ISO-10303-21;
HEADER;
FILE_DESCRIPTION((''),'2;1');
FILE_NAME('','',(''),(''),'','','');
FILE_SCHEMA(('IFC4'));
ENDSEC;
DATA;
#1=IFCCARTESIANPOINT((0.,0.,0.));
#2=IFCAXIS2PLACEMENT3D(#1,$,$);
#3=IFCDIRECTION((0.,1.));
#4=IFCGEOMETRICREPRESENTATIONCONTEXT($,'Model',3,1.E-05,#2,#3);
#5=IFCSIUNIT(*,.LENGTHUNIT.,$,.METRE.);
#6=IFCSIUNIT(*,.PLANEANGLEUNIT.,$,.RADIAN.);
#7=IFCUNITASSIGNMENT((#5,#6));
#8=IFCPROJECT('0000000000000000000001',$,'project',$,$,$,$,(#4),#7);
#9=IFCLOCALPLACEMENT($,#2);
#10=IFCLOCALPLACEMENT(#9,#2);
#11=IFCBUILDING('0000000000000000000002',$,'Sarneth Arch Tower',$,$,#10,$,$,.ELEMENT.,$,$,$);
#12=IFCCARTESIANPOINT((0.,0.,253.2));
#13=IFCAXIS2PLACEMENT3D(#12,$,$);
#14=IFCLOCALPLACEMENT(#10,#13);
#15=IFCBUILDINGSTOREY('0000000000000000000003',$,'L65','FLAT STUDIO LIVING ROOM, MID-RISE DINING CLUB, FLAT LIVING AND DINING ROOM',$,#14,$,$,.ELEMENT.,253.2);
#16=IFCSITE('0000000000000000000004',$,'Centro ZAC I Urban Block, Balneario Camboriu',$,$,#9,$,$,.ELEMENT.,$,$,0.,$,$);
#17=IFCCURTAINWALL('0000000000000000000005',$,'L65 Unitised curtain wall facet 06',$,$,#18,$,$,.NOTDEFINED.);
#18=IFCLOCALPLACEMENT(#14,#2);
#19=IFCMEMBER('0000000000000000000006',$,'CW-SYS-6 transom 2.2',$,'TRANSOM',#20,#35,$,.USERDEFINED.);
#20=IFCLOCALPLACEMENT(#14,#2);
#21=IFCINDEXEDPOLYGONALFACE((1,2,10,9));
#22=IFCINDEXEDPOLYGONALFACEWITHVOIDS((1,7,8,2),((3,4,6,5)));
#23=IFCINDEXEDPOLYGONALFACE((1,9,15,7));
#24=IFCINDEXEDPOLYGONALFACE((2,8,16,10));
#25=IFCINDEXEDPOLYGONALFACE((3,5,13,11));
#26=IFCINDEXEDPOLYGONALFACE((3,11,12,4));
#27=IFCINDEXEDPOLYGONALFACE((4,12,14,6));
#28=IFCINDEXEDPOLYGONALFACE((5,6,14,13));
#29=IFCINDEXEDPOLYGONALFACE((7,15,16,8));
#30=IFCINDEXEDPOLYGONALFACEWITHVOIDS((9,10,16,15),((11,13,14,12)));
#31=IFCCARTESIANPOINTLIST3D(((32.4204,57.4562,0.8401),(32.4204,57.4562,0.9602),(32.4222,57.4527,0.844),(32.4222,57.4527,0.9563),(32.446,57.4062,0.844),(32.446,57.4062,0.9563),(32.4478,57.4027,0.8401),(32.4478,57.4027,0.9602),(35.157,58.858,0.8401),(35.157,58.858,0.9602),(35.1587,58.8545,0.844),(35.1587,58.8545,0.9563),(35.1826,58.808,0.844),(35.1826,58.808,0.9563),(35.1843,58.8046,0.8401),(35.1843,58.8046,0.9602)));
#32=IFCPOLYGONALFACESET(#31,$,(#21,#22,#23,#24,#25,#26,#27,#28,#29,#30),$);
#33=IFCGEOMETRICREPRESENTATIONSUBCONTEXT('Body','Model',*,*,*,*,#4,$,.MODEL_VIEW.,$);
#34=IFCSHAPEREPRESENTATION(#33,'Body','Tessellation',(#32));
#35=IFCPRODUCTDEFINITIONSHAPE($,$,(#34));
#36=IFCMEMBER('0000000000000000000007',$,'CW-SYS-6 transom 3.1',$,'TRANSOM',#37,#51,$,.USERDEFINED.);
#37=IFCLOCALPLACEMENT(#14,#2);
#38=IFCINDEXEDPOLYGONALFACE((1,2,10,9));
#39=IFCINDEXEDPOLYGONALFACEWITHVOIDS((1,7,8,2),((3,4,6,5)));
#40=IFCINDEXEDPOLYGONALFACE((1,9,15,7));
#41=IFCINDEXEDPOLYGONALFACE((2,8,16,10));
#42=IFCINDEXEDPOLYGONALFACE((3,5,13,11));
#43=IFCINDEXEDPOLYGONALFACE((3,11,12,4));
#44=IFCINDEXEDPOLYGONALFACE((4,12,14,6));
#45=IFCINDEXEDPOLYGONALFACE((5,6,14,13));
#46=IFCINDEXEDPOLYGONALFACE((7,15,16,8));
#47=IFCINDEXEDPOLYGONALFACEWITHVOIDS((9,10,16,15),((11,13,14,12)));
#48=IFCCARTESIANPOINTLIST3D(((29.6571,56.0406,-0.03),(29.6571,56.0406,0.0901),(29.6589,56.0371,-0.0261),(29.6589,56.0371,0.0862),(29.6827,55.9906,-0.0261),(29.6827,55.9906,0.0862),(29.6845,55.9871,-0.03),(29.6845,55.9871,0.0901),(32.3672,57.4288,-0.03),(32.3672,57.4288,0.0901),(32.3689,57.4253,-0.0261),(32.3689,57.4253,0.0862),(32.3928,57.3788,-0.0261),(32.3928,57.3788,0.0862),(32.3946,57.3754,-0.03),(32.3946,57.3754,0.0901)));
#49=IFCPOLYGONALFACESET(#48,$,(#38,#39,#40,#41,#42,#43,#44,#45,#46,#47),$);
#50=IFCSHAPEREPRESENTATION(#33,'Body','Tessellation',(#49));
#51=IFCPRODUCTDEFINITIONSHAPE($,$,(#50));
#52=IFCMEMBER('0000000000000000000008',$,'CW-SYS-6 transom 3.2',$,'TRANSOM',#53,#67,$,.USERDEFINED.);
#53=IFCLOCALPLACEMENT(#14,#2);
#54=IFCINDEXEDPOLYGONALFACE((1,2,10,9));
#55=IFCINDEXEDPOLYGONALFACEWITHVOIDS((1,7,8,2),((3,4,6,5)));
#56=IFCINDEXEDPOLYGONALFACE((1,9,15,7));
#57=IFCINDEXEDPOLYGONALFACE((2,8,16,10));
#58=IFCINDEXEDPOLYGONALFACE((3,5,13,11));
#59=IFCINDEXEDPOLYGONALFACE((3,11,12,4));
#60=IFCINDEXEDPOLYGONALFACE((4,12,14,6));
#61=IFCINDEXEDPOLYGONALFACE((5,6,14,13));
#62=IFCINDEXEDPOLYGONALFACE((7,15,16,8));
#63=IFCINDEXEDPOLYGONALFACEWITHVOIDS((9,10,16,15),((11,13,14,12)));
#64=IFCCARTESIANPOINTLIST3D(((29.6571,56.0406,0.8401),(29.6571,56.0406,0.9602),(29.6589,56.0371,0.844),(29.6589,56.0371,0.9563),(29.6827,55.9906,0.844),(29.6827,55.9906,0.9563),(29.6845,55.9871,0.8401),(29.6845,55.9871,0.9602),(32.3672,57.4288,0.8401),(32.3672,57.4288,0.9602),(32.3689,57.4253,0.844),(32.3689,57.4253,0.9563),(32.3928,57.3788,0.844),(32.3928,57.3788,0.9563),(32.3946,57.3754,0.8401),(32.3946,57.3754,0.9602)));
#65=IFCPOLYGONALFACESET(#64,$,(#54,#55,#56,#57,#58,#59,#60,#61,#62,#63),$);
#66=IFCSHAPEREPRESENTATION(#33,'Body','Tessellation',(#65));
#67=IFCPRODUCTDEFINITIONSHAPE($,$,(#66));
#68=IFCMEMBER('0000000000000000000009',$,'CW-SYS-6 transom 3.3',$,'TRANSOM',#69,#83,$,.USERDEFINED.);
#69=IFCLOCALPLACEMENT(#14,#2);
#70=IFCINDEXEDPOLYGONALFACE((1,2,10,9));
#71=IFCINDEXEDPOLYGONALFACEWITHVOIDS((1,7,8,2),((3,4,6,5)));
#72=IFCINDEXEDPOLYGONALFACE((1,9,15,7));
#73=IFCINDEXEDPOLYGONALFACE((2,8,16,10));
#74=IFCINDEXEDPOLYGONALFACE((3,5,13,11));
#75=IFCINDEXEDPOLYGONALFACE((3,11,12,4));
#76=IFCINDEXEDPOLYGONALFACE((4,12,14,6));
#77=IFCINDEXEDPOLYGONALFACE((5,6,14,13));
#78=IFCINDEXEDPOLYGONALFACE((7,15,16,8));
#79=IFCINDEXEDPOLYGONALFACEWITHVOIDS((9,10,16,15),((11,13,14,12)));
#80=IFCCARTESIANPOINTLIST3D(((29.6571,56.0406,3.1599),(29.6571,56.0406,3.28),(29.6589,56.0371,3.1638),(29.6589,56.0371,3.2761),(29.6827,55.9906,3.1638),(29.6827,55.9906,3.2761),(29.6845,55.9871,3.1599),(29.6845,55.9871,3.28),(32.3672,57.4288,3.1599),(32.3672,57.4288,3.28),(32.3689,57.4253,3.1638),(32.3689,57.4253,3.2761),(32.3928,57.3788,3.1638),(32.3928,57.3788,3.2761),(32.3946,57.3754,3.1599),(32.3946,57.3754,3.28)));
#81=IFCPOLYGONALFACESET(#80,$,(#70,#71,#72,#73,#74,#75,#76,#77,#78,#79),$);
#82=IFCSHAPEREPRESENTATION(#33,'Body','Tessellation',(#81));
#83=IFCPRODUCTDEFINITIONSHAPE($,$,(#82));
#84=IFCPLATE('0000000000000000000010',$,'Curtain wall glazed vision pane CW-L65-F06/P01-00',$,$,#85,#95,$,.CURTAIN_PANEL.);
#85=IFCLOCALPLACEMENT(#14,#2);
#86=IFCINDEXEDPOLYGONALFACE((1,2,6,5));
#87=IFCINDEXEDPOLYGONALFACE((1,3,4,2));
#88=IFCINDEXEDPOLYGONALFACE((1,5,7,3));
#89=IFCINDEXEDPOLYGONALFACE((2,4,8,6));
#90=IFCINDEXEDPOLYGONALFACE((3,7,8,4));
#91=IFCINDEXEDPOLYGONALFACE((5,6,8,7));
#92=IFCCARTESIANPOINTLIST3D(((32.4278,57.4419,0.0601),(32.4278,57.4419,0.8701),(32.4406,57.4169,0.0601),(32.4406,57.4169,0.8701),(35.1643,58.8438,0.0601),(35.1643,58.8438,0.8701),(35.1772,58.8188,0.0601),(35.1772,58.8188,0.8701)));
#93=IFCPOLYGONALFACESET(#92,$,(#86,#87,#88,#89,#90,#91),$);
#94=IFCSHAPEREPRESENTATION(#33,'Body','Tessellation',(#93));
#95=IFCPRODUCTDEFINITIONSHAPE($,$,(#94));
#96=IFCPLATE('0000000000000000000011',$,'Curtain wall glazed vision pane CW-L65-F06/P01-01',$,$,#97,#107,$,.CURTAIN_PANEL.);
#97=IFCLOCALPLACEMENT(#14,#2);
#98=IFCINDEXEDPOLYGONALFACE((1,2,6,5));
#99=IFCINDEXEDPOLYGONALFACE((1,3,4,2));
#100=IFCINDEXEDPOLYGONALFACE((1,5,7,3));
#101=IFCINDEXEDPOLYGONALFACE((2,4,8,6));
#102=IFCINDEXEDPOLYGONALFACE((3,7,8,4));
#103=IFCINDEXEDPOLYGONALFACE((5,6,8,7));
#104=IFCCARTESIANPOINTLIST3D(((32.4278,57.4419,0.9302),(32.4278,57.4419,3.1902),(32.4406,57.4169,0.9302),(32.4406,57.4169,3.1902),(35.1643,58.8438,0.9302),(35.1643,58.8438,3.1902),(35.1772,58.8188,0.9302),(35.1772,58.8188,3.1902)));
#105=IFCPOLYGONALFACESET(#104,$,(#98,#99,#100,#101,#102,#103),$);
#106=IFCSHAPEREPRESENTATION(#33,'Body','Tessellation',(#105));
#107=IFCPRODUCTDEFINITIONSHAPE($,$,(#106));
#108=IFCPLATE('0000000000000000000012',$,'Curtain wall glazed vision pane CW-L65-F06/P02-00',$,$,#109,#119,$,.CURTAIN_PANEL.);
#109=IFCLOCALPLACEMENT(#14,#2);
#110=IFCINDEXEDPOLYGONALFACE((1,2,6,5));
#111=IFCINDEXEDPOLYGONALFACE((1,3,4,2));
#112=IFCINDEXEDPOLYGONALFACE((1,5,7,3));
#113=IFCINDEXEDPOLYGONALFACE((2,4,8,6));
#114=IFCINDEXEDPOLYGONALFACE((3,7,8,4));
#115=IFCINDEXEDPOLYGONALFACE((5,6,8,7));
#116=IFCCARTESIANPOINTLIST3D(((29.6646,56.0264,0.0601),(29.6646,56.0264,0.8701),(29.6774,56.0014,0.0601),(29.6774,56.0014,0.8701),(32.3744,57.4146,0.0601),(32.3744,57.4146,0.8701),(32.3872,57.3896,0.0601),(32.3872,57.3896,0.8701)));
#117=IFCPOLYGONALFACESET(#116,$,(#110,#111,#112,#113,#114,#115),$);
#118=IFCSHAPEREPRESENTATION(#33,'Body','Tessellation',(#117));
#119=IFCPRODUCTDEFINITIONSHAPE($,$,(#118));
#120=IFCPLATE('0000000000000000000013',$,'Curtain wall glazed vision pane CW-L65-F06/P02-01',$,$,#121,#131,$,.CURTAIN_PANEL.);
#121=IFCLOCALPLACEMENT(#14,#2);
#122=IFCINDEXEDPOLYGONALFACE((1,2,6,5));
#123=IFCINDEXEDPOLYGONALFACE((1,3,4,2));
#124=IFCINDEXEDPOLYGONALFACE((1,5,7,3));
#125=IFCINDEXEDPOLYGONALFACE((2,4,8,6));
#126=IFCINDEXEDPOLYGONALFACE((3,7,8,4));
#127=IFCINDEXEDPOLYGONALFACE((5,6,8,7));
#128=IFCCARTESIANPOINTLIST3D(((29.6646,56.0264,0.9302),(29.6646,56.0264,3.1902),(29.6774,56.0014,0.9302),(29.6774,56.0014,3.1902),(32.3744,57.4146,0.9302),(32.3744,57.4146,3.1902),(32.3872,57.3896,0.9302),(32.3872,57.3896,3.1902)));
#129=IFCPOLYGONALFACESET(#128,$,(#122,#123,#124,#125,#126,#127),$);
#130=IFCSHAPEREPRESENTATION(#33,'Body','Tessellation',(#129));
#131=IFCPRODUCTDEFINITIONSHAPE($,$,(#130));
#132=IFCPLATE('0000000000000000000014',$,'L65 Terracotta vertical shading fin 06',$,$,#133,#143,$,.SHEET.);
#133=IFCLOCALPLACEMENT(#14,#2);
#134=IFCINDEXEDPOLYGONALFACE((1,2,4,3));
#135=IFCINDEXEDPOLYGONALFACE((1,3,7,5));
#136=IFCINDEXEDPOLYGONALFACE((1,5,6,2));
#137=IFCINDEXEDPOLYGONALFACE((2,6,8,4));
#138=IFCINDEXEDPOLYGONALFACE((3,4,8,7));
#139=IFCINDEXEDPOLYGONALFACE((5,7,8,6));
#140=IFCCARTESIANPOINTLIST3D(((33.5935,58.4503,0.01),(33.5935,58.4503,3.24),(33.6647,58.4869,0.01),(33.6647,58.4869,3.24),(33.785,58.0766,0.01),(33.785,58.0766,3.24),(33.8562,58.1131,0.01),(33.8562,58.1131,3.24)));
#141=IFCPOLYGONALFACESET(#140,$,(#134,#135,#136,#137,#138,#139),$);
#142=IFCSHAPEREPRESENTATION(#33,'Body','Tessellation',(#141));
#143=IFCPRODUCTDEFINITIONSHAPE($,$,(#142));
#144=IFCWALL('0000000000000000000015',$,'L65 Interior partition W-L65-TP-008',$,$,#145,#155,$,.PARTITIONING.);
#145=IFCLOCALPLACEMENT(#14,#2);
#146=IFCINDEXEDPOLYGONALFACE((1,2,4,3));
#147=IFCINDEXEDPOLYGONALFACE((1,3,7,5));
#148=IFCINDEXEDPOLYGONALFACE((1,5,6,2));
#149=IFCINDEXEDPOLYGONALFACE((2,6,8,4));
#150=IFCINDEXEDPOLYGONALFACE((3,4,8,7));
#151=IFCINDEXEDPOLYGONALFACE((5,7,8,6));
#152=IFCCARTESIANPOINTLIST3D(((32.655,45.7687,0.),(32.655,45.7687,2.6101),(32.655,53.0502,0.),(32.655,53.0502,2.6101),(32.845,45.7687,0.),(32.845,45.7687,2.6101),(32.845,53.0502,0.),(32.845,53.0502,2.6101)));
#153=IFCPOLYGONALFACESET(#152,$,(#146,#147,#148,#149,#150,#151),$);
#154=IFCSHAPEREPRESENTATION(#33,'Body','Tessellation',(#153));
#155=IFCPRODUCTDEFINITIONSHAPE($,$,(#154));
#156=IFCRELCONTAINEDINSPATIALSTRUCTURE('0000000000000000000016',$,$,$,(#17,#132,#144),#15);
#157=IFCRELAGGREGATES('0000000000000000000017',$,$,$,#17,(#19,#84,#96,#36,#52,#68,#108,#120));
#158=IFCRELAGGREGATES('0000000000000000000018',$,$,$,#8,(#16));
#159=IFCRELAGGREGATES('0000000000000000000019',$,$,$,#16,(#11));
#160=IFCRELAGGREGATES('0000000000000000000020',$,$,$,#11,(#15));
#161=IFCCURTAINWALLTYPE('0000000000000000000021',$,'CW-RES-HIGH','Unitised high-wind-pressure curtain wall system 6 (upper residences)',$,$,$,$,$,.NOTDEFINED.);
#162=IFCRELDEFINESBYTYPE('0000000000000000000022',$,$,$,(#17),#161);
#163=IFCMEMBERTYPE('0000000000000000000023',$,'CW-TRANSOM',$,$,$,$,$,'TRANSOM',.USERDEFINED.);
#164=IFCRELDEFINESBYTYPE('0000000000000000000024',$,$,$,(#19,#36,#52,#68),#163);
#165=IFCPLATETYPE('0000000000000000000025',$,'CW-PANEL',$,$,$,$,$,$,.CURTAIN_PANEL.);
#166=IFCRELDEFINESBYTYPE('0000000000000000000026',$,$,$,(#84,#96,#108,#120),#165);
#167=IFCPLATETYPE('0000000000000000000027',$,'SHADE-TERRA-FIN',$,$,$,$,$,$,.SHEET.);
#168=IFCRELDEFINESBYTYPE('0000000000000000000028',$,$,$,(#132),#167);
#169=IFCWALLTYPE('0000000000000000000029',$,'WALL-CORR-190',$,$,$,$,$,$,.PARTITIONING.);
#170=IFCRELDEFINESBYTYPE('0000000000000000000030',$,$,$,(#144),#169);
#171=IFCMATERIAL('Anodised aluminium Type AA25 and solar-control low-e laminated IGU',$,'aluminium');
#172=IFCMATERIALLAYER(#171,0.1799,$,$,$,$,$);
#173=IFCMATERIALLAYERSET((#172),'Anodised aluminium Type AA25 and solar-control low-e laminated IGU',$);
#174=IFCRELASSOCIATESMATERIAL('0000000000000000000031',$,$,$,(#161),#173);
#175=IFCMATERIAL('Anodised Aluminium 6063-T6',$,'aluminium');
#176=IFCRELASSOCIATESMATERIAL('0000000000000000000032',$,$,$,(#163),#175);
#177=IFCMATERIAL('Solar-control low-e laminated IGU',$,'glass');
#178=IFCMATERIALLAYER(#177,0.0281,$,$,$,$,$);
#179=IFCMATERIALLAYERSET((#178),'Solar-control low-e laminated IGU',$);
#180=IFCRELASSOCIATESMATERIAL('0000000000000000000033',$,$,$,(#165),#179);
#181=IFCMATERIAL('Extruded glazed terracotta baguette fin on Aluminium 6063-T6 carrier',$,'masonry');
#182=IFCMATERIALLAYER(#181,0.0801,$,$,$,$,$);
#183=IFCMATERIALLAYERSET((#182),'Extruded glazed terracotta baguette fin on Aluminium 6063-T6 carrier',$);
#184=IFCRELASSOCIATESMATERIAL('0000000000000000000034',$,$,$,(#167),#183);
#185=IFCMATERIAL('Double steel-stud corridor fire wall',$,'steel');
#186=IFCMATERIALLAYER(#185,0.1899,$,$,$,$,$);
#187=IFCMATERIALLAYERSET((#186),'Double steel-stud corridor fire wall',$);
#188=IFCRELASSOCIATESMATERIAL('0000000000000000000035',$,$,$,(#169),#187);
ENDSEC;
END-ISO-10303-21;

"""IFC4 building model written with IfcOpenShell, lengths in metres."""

from ifc_helpers import new_model, si_unit, direction, frame, frame_2d, origin, origin_2d, place, context, subcontext, project, spatial, rectangle, hollow_rectangle, extrude, material, layer, layer_set, material_profile, profile_set, type_object, element, aggregate, save


model = new_model("IFC4")

# Units and contexts
model_context = context("Model", 3, precision=1e-05, world=origin(), true_north=direction((0.0, 1.0)))
body_context = subcontext(model_context, "Body", "Model", "MODEL_VIEW")
ifc_project = project(units=[si_unit("LENGTHUNIT", "METRE"), si_unit("PLANEANGLEUNIT", "RADIAN")], contexts=[model_context])

# Site, building, storey
site_placement = place(None, origin())
site = spatial("IfcSite", under=ifc_project, at=site_placement, Name="Centro ZAC I Urban Block, Balneario Camboriu", CompositionType="ELEMENT", RefElevation=0.0)
building_placement = place(site_placement, origin())
building = spatial("IfcBuilding", under=site, at=building_placement, Name="Sarneth Arch Tower", CompositionType="ELEMENT")
storey_placement = place(building_placement, frame((0.0, 0.0, 253.2)))
storey = spatial("IfcBuildingStorey", under=building, at=storey_placement, Name="L65", Description="FLAT STUDIO LIVING ROOM, MID-RISE DINING CLUB, FLAT LIVING AND DINING ROOM", CompositionType="ELEMENT", Elevation=253.2)

# Curtain wall, members, plates
ifc_material_1 = material(Name="Anodised aluminium Type AA25 and solar-control low-e laminated IGU", Category="aluminium")
ifc_layer_1 = layer(ifc_material_1, 0.1799)
ifc_layer_set_1 = layer_set([ifc_layer_1], Name="Anodised aluminium Type AA25 and solar-control low-e laminated IGU")
curtain_wall_type = type_object("IfcCurtainWallType", Name="CW-RES-HIGH", Description="Unitised high-wind-pressure curtain wall system 6 (upper residences)", PredefinedType="NOTDEFINED", material=ifc_layer_set_1)
curtain_wall_placement = place(storey_placement, origin())
curtain_wall = element("IfcCurtainWall", 1, at=curtain_wall_placement, inside=storey, type_object=curtain_wall_type, Name="L65 Unitised curtain wall facet 06", PredefinedType="NOTDEFINED")
ifc_material_2 = material(Name="Anodised Aluminium 6063-T6", Category="aluminium")
ifc_material_profile_1 = material_profile(ifc_material_2, hollow_rectangle(XDim=0.0601, YDim=0.1201, WallThickness=0.0039, at=origin_2d()), Name="AL-TRAN-120x60x4")
ifc_profile_set_1 = profile_set([ifc_material_profile_1], Name="Anodised Aluminium 6063-T6")
member_type_1 = type_object("IfcMemberType", Name="CW-TRANSOM", ElementType="TRANSOM", PredefinedType="USERDEFINED", material=ifc_profile_set_1)
member_1_placement = place(storey_placement, frame((35.1707, 58.8313, 0.9001), z_axis=(-0.890017, -0.455926, 0.0), x_axis=(0.455926, -0.890017, 0.0)))
member_1 = element("IfcMember", 2, at=member_1_placement, type_object=member_type_1, Name="CW-SYS-6 transom 2.2", ObjectType="TRANSOM", PredefinedType="USERDEFINED", context=body_context, shape_type="SweptSolid", body=[
    extrude(hollow_rectangle(XDim=0.0601, YDim=0.1201, WallThickness=0.0039, at=origin_2d()), origin(), (0.0, 0.0, 1.0), 3.0747),
])
member_2_placement = place(storey_placement, frame((32.3809, 57.4021, 0.03), z_axis=(-0.890023, -0.455916, 0.0), x_axis=(0.455916, -0.890023, 0.0)))
member_2 = element("IfcMember", 3, at=member_2_placement, type_object=member_type_1, Name="CW-SYS-6 transom 3.1", ObjectType="TRANSOM", PredefinedType="USERDEFINED", context=body_context, shape_type="SweptSolid", body=[
    extrude(hollow_rectangle(XDim=0.0601, YDim=0.1201, WallThickness=0.0039, at=origin_2d()), origin(), (0.0, 0.0, 1.0), 3.0449),
])
member_3_placement = place(storey_placement, frame((32.3809, 57.4021, 0.9001), z_axis=(-0.890023, -0.455916, 0.0), x_axis=(0.455916, -0.890023, 0.0)))
member_3 = element("IfcMember", 4, at=member_3_placement, type_object=member_type_1, Name="CW-SYS-6 transom 3.2", ObjectType="TRANSOM", PredefinedType="USERDEFINED", context=body_context, shape_type="SweptSolid", body=[
    extrude(hollow_rectangle(XDim=0.0601, YDim=0.1201, WallThickness=0.0039, at=origin_2d()), origin(), (0.0, 0.0, 1.0), 3.0449),
])
member_4_placement = place(storey_placement, frame((32.3809, 57.4021, 3.22), z_axis=(-0.890023, -0.455916, 0.0), x_axis=(0.455916, -0.890023, 0.0)))
member_4 = element("IfcMember", 5, at=member_4_placement, type_object=member_type_1, Name="CW-SYS-6 transom 3.3", ObjectType="TRANSOM", PredefinedType="USERDEFINED", context=body_context, shape_type="SweptSolid", body=[
    extrude(hollow_rectangle(XDim=0.0601, YDim=0.1201, WallThickness=0.0039, at=origin_2d()), origin(), (0.0, 0.0, 1.0), 3.0449),
])
ifc_material_3 = material(Name="Solar-control low-e laminated IGU", Category="glass")
ifc_layer_2 = layer(ifc_material_3, 0.0281)
ifc_layer_set_2 = layer_set([ifc_layer_2], Name="Solar-control low-e laminated IGU")
plate_type_1 = type_object("IfcPlateType", Name="CW-PANEL", PredefinedType="CURTAIN_PANEL", material=ifc_layer_set_2)
plate_1_placement = place(storey_placement, frame((33.8025, 58.1304, 0.0601), z_axis=(0.0, 0.0, 1.0), x_axis=(-0.89001, -0.455942, 0.0)))
plate_1 = element("IfcPlate", 6, at=plate_1_placement, type_object=plate_type_1, Name="Curtain wall glazed vision pane CW-L65-F06/P01-00", PredefinedType="CURTAIN_PANEL", context=body_context, shape_type="SweptSolid", body=[
    extrude(rectangle(XDim=3.0747, YDim=0.0281, at=origin_2d()), origin(), (0.0, 0.0, 1.0), 0.8101),
])
plate_2_placement = place(storey_placement, frame((33.8025, 58.1304, 0.9302), z_axis=(0.0, 0.0, 1.0), x_axis=(-0.89001, -0.455942, 0.0)))
plate_2 = element("IfcPlate", 7, at=plate_2_placement, type_object=plate_type_1, Name="Curtain wall glazed vision pane CW-L65-F06/P01-01", PredefinedType="CURTAIN_PANEL", context=body_context, shape_type="SweptSolid", body=[
    extrude(rectangle(XDim=3.0747, YDim=0.0281, at=origin_2d()), origin(), (0.0, 0.0, 1.0), 2.26),
])
plate_3_placement = place(storey_placement, frame((31.0259, 56.708, 0.0601), z_axis=(0.0, 0.0, 1.0), x_axis=(-0.89001, -0.455942, 0.0)))
plate_3 = element("IfcPlate", 8, at=plate_3_placement, type_object=plate_type_1, Name="Curtain wall glazed vision pane CW-L65-F06/P02-00", PredefinedType="CURTAIN_PANEL", context=body_context, shape_type="SweptSolid", body=[
    extrude(rectangle(XDim=3.0447, YDim=0.0281, at=origin_2d()), origin(), (0.0, 0.0, 1.0), 0.8101),
])
plate_4_placement = place(storey_placement, frame((31.0259, 56.708, 0.9302), z_axis=(0.0, 0.0, 1.0), x_axis=(-0.89001, -0.455942, 0.0)))
plate_4 = element("IfcPlate", 9, at=plate_4_placement, type_object=plate_type_1, Name="Curtain wall glazed vision pane CW-L65-F06/P02-01", PredefinedType="CURTAIN_PANEL", context=body_context, shape_type="SweptSolid", body=[
    extrude(rectangle(XDim=3.0447, YDim=0.0281, at=origin_2d()), origin(), (0.0, 0.0, 1.0), 2.26),
])
aggregate(curtain_wall, [member_1, plate_1, plate_2, member_2, member_3, member_4, plate_3, plate_4])

# Plate
ifc_material_4 = material(Name="Extruded glazed terracotta baguette fin on Aluminium 6063-T6 carrier", Category="masonry")
ifc_layer_3 = layer(ifc_material_4, 0.0801)
ifc_layer_set_3 = layer_set([ifc_layer_3], Name="Extruded glazed terracotta baguette fin on Aluminium 6063-T6 carrier")
plate_type_2 = type_object("IfcPlateType", Name="SHADE-TERRA-FIN", PredefinedType="SHEET", material=ifc_layer_set_3)
plate_5_placement = place(storey_placement, frame((33.7249, 58.2817, 0.01), z_axis=(0.0, 0.0, 1.0), x_axis=(-0.456011, 0.889974, 0.0)))
element("IfcPlate", 10, at=plate_5_placement, inside=storey, type_object=plate_type_2, Name="L65 Terracotta vertical shading fin 06", PredefinedType="SHEET", context=body_context, shape_type="SweptSolid", body=[
    extrude(rectangle(XDim=0.4199, YDim=0.0801, at=origin_2d()), origin(), (0.0, 0.0, 1.0), 3.23),
])

# Wall
ifc_material_5 = material(Name="Double steel-stud corridor fire wall", Category="steel")
ifc_layer_4 = layer(ifc_material_5, 0.1899)
ifc_layer_set_4 = layer_set([ifc_layer_4], Name="Double steel-stud corridor fire wall")
wall_type_1 = type_object("IfcWallType", Name="WALL-CORR-190", PredefinedType="PARTITIONING", material=ifc_layer_set_4)
wall_1_placement = place(storey_placement, frame((32.75, 53.05, 0.0), z_axis=(0.0, 0.0, 1.0), x_axis=(0.0, -1.0, 0.0)))
element("IfcWall", 11, at=wall_1_placement, inside=storey, type_object=wall_type_1, Name="L65 Interior partition W-L65-TP-008", PredefinedType="PARTITIONING", context=body_context, shape_type="SweptSolid", body=[
    extrude(rectangle(XDim=7.2815, YDim=0.1899, at=frame_2d((3.6406, 0.0))), origin(), (0.0, 0.0, 1.0), 2.6101),
])

save(model, "model.ifc")
